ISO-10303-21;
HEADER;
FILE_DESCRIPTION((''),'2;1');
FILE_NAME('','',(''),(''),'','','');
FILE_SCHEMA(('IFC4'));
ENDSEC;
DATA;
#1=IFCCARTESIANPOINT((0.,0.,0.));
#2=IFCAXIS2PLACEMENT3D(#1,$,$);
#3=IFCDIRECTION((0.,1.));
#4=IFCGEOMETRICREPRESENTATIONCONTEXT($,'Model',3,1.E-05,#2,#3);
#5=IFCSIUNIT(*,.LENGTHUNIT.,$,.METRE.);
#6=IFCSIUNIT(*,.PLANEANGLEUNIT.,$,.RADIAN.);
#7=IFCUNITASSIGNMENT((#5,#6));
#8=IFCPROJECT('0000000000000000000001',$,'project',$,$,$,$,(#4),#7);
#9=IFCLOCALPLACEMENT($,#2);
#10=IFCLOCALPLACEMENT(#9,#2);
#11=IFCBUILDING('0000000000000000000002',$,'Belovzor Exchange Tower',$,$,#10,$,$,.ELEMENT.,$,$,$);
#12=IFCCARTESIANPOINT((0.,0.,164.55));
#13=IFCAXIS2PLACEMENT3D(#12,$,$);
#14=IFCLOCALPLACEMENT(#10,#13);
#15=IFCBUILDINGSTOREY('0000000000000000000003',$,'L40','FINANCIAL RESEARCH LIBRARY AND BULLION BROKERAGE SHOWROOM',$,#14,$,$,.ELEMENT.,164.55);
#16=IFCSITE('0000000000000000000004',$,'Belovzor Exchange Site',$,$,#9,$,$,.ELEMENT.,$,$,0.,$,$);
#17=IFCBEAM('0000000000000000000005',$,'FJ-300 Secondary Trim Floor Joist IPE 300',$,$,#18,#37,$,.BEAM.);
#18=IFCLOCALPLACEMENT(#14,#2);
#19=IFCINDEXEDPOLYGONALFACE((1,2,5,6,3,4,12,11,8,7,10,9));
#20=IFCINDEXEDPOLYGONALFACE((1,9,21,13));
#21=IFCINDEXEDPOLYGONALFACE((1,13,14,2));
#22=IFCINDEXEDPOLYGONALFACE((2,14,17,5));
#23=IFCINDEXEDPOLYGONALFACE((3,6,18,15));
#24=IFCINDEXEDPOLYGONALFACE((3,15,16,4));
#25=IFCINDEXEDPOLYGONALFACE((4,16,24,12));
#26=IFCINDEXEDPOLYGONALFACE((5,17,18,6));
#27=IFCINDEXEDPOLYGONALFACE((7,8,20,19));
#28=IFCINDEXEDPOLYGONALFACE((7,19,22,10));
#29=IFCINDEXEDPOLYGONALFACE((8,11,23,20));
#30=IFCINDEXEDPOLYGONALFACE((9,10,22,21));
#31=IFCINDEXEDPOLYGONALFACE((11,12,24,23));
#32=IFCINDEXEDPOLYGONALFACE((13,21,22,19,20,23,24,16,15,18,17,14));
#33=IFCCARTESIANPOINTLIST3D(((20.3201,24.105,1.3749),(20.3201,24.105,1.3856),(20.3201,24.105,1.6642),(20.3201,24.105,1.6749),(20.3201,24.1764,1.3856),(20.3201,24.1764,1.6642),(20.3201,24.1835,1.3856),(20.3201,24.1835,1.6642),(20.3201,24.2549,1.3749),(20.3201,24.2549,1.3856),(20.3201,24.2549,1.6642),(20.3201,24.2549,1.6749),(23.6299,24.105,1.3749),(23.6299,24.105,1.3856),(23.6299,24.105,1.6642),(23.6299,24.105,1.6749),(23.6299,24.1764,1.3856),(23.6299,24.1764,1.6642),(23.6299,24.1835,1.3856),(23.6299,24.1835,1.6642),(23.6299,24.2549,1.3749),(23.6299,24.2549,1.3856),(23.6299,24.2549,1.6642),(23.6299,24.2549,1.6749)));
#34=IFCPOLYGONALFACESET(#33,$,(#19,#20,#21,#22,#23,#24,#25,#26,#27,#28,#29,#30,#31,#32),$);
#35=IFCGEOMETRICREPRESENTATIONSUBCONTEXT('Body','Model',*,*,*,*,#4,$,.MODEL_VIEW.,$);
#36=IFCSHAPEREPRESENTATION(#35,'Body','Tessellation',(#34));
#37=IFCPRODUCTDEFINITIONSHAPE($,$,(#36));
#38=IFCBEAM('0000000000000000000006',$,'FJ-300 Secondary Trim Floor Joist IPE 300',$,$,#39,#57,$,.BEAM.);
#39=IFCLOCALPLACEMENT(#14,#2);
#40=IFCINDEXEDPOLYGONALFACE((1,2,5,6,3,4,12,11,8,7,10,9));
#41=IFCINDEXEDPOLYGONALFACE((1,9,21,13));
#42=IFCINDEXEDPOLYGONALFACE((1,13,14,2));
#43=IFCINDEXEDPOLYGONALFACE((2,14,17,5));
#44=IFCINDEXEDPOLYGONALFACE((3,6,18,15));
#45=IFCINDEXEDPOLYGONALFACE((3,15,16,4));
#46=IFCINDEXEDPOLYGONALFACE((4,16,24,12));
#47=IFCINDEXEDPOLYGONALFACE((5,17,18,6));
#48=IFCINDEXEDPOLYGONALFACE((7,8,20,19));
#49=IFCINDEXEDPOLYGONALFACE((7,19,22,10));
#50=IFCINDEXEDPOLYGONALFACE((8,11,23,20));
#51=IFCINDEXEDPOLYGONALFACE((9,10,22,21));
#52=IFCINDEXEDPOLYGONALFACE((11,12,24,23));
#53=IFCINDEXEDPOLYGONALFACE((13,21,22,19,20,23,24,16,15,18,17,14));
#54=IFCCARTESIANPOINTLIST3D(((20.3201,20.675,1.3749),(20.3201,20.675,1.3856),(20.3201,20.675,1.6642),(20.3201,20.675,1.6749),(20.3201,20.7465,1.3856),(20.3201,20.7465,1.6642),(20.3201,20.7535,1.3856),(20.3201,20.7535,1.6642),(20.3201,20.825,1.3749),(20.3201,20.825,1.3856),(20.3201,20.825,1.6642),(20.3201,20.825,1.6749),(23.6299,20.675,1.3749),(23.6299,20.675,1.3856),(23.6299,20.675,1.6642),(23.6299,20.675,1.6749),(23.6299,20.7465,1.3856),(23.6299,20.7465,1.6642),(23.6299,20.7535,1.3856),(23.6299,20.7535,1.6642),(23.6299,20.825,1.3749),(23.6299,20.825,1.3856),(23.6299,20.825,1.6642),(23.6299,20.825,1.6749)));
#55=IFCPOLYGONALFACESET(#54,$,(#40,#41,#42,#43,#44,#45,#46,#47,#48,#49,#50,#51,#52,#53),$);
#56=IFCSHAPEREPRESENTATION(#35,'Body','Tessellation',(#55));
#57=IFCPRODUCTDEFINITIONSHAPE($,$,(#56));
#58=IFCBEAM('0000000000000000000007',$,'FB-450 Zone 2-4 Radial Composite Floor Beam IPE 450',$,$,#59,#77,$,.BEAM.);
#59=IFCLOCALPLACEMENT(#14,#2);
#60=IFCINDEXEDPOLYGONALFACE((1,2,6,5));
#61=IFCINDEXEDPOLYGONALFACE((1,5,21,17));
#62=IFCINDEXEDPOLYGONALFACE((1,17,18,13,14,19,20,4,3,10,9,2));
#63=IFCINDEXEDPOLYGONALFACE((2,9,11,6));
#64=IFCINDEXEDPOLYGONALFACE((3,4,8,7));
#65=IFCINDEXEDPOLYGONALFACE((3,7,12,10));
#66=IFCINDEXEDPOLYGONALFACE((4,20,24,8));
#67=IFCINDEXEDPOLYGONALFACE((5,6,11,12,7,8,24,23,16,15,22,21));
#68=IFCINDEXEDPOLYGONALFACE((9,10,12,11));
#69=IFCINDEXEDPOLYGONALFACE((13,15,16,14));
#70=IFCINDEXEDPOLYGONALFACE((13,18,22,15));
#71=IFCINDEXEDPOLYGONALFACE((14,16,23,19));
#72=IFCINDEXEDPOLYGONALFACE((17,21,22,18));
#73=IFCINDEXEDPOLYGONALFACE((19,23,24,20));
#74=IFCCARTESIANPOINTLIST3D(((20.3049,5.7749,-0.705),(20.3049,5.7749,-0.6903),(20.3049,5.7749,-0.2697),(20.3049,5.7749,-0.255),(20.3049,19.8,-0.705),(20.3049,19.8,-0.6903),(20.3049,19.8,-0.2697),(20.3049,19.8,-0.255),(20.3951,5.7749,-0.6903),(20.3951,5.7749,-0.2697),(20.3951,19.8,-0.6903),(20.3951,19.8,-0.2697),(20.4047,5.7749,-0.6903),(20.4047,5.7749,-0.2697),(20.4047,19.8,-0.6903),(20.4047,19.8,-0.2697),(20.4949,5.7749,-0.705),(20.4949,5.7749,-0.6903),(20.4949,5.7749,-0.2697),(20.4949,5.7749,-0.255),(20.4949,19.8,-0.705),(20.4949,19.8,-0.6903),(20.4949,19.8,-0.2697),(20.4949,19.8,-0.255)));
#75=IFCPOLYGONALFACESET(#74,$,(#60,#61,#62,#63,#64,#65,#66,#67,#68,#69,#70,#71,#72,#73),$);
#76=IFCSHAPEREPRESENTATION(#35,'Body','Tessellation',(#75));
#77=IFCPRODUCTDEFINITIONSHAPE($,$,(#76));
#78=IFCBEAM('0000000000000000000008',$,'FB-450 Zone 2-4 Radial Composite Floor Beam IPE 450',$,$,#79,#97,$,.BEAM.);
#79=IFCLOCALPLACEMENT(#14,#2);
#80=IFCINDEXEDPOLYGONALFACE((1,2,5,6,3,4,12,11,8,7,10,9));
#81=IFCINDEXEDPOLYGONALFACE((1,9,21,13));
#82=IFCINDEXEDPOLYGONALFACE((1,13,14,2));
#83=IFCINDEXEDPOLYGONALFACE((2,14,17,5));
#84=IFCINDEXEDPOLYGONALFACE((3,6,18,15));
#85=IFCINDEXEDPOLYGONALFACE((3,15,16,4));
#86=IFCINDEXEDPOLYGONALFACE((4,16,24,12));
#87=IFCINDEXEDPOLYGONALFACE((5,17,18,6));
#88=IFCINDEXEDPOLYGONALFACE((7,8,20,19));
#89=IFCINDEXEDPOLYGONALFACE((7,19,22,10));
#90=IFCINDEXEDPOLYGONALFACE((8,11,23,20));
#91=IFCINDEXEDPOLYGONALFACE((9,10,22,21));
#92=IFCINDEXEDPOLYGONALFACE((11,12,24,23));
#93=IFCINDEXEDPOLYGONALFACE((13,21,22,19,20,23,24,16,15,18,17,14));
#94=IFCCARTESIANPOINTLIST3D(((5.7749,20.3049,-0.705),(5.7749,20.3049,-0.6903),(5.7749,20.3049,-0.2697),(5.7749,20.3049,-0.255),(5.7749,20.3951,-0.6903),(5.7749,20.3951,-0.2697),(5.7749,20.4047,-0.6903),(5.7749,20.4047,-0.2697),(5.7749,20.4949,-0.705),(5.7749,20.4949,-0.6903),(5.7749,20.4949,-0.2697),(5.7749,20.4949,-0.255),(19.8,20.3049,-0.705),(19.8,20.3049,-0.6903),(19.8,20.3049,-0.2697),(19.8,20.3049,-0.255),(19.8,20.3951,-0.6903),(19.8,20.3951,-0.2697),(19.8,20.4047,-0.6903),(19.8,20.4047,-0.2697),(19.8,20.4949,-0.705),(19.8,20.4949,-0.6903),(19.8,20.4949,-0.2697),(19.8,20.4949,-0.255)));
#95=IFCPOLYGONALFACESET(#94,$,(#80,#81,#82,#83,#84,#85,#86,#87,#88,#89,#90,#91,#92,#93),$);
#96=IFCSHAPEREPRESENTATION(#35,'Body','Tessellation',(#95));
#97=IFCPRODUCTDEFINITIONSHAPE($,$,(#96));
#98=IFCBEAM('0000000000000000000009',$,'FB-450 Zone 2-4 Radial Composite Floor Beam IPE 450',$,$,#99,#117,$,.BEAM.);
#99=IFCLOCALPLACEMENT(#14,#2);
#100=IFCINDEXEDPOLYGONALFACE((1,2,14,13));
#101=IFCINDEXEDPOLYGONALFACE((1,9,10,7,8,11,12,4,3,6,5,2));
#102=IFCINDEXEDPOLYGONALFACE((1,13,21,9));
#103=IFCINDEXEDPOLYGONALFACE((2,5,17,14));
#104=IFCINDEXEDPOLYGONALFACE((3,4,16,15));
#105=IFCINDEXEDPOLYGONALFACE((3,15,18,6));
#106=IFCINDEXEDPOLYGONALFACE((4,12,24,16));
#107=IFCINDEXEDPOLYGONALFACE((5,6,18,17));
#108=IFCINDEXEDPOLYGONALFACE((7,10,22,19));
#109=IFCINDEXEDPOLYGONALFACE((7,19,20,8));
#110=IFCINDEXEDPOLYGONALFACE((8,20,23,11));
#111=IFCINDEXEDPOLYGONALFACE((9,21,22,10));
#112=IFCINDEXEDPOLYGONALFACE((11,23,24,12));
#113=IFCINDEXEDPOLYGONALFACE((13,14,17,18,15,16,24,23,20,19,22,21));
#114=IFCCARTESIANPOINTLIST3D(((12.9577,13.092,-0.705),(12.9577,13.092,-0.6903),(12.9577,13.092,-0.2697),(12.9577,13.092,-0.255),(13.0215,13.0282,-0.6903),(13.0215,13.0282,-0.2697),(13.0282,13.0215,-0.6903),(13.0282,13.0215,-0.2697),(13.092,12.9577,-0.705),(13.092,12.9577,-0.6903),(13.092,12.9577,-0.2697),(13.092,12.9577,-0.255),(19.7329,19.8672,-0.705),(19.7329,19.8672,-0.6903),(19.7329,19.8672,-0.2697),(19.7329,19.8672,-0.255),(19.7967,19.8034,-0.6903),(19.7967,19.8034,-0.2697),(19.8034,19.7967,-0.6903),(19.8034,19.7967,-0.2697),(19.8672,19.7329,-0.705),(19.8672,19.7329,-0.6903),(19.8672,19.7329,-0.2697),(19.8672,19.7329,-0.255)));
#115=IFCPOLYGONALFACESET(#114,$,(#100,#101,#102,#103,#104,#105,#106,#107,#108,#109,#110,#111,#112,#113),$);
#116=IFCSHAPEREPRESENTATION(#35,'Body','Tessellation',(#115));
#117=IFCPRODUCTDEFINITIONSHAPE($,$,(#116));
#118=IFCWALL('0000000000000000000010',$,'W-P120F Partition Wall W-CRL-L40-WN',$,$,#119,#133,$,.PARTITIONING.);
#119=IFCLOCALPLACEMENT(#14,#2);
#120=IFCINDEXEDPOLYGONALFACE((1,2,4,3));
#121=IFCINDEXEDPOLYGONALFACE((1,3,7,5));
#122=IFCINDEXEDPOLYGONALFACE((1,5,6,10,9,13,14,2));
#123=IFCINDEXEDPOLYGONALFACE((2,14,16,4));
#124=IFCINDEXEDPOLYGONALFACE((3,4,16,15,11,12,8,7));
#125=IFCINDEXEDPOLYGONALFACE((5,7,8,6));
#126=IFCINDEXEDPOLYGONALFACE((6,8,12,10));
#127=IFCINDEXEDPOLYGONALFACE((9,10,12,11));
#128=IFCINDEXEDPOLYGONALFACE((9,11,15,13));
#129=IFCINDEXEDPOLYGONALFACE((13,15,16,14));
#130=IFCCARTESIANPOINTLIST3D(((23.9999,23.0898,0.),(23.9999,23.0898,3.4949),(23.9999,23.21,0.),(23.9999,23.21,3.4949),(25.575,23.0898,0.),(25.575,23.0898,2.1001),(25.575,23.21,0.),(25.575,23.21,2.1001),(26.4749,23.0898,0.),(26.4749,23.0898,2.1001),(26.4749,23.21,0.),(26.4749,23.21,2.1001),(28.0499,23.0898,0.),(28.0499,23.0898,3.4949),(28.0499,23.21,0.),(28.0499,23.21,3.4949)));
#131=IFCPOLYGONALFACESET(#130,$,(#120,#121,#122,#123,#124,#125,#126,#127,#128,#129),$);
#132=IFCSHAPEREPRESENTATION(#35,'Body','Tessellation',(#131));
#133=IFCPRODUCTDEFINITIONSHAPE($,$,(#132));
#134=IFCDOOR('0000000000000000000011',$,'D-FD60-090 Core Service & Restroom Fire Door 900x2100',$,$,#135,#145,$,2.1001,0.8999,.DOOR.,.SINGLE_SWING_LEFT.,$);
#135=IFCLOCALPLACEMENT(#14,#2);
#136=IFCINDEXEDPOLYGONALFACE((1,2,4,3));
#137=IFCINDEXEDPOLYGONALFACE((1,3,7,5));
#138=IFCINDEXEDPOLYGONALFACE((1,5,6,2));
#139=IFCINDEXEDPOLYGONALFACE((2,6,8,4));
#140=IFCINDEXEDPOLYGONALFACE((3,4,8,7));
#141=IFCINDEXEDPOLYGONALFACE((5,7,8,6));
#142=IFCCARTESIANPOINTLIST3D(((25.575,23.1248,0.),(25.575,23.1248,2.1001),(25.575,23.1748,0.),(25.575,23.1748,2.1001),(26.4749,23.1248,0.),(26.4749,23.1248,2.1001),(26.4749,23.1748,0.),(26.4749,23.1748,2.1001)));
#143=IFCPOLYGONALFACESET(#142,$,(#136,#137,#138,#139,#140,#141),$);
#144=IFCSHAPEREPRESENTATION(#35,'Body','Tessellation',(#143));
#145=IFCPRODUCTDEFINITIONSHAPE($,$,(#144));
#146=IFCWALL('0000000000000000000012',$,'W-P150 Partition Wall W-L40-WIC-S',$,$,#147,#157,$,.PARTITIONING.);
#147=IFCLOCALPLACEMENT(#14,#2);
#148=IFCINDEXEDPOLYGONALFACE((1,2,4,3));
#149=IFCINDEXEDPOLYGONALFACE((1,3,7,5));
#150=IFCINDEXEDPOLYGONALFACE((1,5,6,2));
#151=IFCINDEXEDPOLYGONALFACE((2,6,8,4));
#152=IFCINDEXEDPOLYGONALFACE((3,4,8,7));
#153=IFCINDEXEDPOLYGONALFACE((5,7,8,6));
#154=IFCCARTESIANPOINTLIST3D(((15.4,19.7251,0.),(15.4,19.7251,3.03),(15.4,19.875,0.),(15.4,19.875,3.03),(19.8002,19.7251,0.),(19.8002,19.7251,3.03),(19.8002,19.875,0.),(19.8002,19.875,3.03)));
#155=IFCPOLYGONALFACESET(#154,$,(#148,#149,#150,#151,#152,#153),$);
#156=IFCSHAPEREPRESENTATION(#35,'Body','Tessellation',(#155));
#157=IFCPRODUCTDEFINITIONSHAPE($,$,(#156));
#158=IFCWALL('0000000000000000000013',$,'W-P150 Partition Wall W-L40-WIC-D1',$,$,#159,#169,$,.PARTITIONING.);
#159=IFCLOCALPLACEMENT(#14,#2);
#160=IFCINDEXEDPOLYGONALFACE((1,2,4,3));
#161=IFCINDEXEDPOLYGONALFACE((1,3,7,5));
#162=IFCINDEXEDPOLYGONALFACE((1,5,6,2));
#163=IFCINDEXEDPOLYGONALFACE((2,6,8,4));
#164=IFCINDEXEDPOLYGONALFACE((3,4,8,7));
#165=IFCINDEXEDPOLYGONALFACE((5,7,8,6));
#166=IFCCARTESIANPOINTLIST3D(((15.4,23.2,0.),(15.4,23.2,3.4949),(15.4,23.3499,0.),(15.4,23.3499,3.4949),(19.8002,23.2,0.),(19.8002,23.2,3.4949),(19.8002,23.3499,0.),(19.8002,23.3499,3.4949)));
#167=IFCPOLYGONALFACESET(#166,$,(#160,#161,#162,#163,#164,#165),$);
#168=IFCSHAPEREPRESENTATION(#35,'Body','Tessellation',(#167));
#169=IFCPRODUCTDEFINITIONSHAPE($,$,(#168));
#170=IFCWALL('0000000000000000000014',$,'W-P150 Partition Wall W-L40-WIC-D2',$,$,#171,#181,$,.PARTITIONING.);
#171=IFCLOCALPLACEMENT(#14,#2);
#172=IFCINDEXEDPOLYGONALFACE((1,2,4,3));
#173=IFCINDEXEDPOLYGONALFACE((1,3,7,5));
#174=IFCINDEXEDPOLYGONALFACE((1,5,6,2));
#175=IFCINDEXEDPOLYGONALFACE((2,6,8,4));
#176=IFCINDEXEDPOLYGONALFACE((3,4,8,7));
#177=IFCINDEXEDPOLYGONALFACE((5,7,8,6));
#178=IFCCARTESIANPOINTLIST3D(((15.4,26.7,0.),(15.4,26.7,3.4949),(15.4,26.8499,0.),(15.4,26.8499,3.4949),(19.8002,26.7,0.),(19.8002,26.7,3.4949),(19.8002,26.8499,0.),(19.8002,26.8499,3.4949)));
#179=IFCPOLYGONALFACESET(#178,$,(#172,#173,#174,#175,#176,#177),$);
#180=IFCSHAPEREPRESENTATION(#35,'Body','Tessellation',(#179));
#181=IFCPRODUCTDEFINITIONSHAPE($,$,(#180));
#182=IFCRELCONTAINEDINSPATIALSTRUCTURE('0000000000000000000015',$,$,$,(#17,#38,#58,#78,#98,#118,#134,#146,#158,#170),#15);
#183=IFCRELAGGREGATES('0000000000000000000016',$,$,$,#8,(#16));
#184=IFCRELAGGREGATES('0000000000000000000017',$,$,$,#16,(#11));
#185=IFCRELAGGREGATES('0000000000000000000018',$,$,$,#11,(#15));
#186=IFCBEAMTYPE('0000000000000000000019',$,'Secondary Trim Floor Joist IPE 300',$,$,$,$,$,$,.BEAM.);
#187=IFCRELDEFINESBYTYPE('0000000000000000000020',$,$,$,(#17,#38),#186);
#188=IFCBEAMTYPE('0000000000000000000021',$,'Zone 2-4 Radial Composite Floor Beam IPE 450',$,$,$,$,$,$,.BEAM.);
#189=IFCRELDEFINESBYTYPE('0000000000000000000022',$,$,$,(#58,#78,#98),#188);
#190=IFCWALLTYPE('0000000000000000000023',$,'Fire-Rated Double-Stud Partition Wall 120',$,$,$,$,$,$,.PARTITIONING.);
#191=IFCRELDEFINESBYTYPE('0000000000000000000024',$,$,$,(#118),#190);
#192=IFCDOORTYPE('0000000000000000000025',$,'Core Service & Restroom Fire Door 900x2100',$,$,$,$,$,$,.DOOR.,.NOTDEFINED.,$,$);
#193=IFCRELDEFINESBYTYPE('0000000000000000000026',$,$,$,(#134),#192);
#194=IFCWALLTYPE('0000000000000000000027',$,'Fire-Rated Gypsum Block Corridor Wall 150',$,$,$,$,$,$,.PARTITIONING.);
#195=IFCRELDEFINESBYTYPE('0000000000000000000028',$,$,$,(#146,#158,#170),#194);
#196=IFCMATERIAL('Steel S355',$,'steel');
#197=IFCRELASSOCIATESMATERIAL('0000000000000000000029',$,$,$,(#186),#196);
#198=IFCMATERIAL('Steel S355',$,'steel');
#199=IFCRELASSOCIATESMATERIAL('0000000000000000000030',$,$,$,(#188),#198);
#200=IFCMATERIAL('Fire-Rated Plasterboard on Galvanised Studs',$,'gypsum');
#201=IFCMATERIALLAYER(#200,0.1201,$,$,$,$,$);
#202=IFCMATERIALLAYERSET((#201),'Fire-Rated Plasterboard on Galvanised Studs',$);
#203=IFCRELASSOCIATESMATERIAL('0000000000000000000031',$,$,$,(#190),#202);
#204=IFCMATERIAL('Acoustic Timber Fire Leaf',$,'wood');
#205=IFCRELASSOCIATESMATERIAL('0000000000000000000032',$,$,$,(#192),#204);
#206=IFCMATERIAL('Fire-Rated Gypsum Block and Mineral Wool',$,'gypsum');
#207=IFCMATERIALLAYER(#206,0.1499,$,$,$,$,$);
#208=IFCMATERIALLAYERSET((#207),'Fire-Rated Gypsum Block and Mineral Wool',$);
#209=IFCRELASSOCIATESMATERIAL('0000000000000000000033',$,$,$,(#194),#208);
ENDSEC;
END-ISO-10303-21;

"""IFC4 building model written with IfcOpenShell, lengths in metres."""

from ifc_helpers import new_model, si_unit, direction, frame, frame_2d, origin, origin_2d, place, context, subcontext, project, spatial, rectangle, i_section, extrude, material, layer, layer_set, material_profile, profile_set, type_object, element, fill, save


model = new_model("IFC4")

# Units and contexts
model_context = context("Model", 3, precision=1e-05, world=origin(), true_north=direction((0.0, 1.0)))
body_context = subcontext(model_context, "Body", "Model", "MODEL_VIEW")
ifc_project = project(units=[si_unit("LENGTHUNIT", "METRE"), si_unit("PLANEANGLEUNIT", "RADIAN")], contexts=[model_context])

# Site, building, storey
site_placement = place(None, origin())
site = spatial("IfcSite", under=ifc_project, at=site_placement, Name="Belovzor Exchange Site", CompositionType="ELEMENT", RefElevation=0.0)
building_placement = place(site_placement, origin())
building = spatial("IfcBuilding", under=site, at=building_placement, Name="Belovzor Exchange Tower", CompositionType="ELEMENT")
storey_placement = place(building_placement, frame((0.0, 0.0, 164.55)))
storey = spatial("IfcBuildingStorey", under=building, at=storey_placement, Name="L40", Description="FINANCIAL RESEARCH LIBRARY AND BULLION BROKERAGE SHOWROOM", CompositionType="ELEMENT", Elevation=164.55)

# Beams
ifc_material_1 = material(Name="Steel S355", Category="steel")
ifc_material_profile_1 = material_profile(ifc_material_1, i_section(OverallWidth=0.1499, OverallDepth=0.3, WebThickness=0.0071, FlangeThickness=0.0107, at=origin_2d()))
ifc_profile_set_1 = profile_set([ifc_material_profile_1], Name="Steel S355")
beam_type_1 = type_object("IfcBeamType", Name="Secondary Trim Floor Joist IPE 300", PredefinedType="BEAM", material=ifc_profile_set_1)
for number, where, z_axis, x_axis, name in (
    (1, (20.3201, 24.1799, 1.5249), (1.0, 0.0, 0.0), (0.0, 1.0, 0.0), "FJ-300 Secondary Trim Floor Joist IPE 300"),
    (2, (20.3201, 20.75, 1.5249), (1.0, 0.0, 0.0), (0.0, 1.0, 0.0), "FJ-300 Secondary Trim Floor Joist IPE 300"),
):
    element("IfcBeam", number, at=place(storey_placement, frame(where, z_axis=z_axis, x_axis=x_axis)), inside=storey, type_object=beam_type_1, Name=name, PredefinedType="BEAM", context=body_context, shape_type="SweptSolid", body=[
        extrude(i_section(OverallWidth=0.1499, OverallDepth=0.3, WebThickness=0.0071, FlangeThickness=0.0107, at=origin_2d()), origin(), (0.0, 0.0, 1.0), 3.3098),
    ])
ifc_material_2 = material(Name="Steel S355", Category="steel")
ifc_material_profile_2 = material_profile(ifc_material_2, i_section(OverallWidth=0.1899, OverallDepth=0.45, WebThickness=0.0095, FlangeThickness=0.0146, at=origin_2d()))
ifc_profile_set_2 = profile_set([ifc_material_profile_2], Name="Steel S355")
beam_type_2 = type_object("IfcBeamType", Name="Zone 2-4 Radial Composite Floor Beam IPE 450", PredefinedType="BEAM", material=ifc_profile_set_2)
for number, where, z_axis, x_axis, name in (
    (3, (20.3999, 19.8, -0.48), (0.0, -1.0, 0.0), (1.0, 0.0, 0.0), "FB-450 Zone 2-4 Radial Composite Floor Beam IPE 450"),
    (4, (19.8, 20.3999, -0.48), (-1.0, 0.0, 0.0), (0.0, -1.0, 0.0), "FB-450 Zone 2-4 Radial Composite Floor Beam IPE 450"),
):
    element("IfcBeam", number, at=place(storey_placement, frame(where, z_axis=z_axis, x_axis=x_axis)), inside=storey, type_object=beam_type_2, Name=name, PredefinedType="BEAM", context=body_context, shape_type="SweptSolid", body=[
        extrude(i_section(OverallWidth=0.1899, OverallDepth=0.45, WebThickness=0.0095, FlangeThickness=0.0146, at=origin_2d()), origin(), (0.0, 0.0, 1.0), 14.0251),
    ])
beam_placement = place(storey_placement, frame((19.8, 19.8, -0.48), z_axis=(-0.707107, -0.707107, 0.0), x_axis=(0.707107, -0.707107, 0.0)))
element("IfcBeam", 5, at=beam_placement, inside=storey, type_object=beam_type_2, Name="FB-450 Zone 2-4 Radial Composite Floor Beam IPE 450", PredefinedType="BEAM", context=body_context, shape_type="SweptSolid", body=[
    extrude(i_section(OverallWidth=0.1899, OverallDepth=0.45, WebThickness=0.0095, FlangeThickness=0.0146, at=origin_2d()), origin(), (0.0, 0.0, 1.0), 9.5815),
])

# Wall, opening, door
ifc_material_3 = material(Name="Fire-Rated Plasterboard on Galvanised Studs", Category="gypsum")
ifc_layer_1 = layer(ifc_material_3, 0.1201)
ifc_layer_set_1 = layer_set([ifc_layer_1], Name="Fire-Rated Plasterboard on Galvanised Studs")
wall_type_1 = type_object("IfcWallType", Name="Fire-Rated Double-Stud Partition Wall 120", PredefinedType="PARTITIONING", material=ifc_layer_set_1)
wall_1_placement = place(storey_placement, frame((24.0, 23.1499, 0.0), z_axis=(0.0, 0.0, 1.0), x_axis=(1.0, 0.0, 0.0)))
wall_1 = element("IfcWall", 6, at=wall_1_placement, inside=storey, type_object=wall_type_1, Name="W-P120F Partition Wall W-CRL-L40-WN", PredefinedType="PARTITIONING", context=body_context, shape_type="SweptSolid", body=[
    extrude(rectangle(XDim=4.05, YDim=0.1201, at=frame_2d((2.0249, 0.0))), origin(), (0.0, 0.0, 1.0), 3.4949),
])
opening_1_placement = place(wall_1_placement, frame((1.575, 0.0, 0.0)))
opening_1 = element("IfcOpeningElement", 7, at=opening_1_placement, cuts=wall_1, PredefinedType="OPENING", context=body_context, shape_type="SweptSolid", body=[
    extrude(rectangle(XDim=0.8999, YDim=2.1001, at=frame_2d((0.45, 1.05))), frame((0.0, 0.0701, 0.0), z_axis=(0.0, -1.0, 0.0), x_axis=(1.0, 0.0, 0.0)), (0.0, 0.0, 1.0), 0.1401),
])
ifc_material_4 = material(Name="Acoustic Timber Fire Leaf", Category="wood")
door_type_1 = type_object("IfcDoorType", Name="Core Service & Restroom Fire Door 900x2100", OperationType="NOTDEFINED", PredefinedType="DOOR", material=ifc_material_4)
door_1_placement = place(opening_1_placement, origin())
door_1 = element("IfcDoor", 8, at=door_1_placement, inside=storey, type_object=door_type_1, Name="D-FD60-090 Core Service & Restroom Fire Door 900x2100", OperationType="SINGLE_SWING_LEFT", OverallHeight=2.1001, OverallWidth=0.8999, PredefinedType="DOOR", context=body_context, shape_type="SweptSolid", body=[
    extrude(rectangle(XDim=0.8999, YDim=2.1001, at=frame_2d((0.45, 1.05))), frame((0.0, 0.0249, 0.0), z_axis=(0.0, -1.0, 0.0), x_axis=(1.0, 0.0, 0.0)), (0.0, 0.0, 1.0), 0.05),
])
fill(opening_1, door_1)

# Walls
ifc_material_5 = material(Name="Fire-Rated Gypsum Block and Mineral Wool", Category="gypsum")
ifc_layer_2 = layer(ifc_material_5, 0.1499)
ifc_layer_set_2 = layer_set([ifc_layer_2], Name="Fire-Rated Gypsum Block and Mineral Wool")
wall_type_2 = type_object("IfcWallType", Name="Fire-Rated Gypsum Block Corridor Wall 150", PredefinedType="PARTITIONING", material=ifc_layer_set_2)
wall_2_placement = place(storey_placement, frame((15.3999, 19.8, 0.0), z_axis=(0.0, 0.0, 1.0), x_axis=(1.0, 0.0, 0.0)))
element("IfcWall", 9, at=wall_2_placement, inside=storey, type_object=wall_type_2, Name="W-P150 Partition Wall W-L40-WIC-S", PredefinedType="PARTITIONING", context=body_context, shape_type="SweptSolid", body=[
    extrude(rectangle(XDim=4.4001, YDim=0.1499, at=frame_2d((2.2002, 0.0))), origin(), (0.0, 0.0, 1.0), 3.03),
])
for number, where, z_axis, x_axis, name in (
    (10, (15.3999, 23.2749, 0.0), (0.0, 0.0, 1.0), (1.0, 0.0, 0.0), "W-P150 Partition Wall W-L40-WIC-D1"),
    (11, (15.3999, 26.7749, 0.0), (0.0, 0.0, 1.0), (1.0, 0.0, 0.0), "W-P150 Partition Wall W-L40-WIC-D2"),
):
    element("IfcWall", number, at=place(storey_placement, frame(where, z_axis=z_axis, x_axis=x_axis)), inside=storey, type_object=wall_type_2, Name=name, PredefinedType="PARTITIONING", context=body_context, shape_type="SweptSolid", body=[
        extrude(rectangle(XDim=4.4001, YDim=0.1499, at=frame_2d((2.2002, 0.0))), origin(), (0.0, 0.0, 1.0), 3.4949),
    ])

save(model, "model.ifc")
